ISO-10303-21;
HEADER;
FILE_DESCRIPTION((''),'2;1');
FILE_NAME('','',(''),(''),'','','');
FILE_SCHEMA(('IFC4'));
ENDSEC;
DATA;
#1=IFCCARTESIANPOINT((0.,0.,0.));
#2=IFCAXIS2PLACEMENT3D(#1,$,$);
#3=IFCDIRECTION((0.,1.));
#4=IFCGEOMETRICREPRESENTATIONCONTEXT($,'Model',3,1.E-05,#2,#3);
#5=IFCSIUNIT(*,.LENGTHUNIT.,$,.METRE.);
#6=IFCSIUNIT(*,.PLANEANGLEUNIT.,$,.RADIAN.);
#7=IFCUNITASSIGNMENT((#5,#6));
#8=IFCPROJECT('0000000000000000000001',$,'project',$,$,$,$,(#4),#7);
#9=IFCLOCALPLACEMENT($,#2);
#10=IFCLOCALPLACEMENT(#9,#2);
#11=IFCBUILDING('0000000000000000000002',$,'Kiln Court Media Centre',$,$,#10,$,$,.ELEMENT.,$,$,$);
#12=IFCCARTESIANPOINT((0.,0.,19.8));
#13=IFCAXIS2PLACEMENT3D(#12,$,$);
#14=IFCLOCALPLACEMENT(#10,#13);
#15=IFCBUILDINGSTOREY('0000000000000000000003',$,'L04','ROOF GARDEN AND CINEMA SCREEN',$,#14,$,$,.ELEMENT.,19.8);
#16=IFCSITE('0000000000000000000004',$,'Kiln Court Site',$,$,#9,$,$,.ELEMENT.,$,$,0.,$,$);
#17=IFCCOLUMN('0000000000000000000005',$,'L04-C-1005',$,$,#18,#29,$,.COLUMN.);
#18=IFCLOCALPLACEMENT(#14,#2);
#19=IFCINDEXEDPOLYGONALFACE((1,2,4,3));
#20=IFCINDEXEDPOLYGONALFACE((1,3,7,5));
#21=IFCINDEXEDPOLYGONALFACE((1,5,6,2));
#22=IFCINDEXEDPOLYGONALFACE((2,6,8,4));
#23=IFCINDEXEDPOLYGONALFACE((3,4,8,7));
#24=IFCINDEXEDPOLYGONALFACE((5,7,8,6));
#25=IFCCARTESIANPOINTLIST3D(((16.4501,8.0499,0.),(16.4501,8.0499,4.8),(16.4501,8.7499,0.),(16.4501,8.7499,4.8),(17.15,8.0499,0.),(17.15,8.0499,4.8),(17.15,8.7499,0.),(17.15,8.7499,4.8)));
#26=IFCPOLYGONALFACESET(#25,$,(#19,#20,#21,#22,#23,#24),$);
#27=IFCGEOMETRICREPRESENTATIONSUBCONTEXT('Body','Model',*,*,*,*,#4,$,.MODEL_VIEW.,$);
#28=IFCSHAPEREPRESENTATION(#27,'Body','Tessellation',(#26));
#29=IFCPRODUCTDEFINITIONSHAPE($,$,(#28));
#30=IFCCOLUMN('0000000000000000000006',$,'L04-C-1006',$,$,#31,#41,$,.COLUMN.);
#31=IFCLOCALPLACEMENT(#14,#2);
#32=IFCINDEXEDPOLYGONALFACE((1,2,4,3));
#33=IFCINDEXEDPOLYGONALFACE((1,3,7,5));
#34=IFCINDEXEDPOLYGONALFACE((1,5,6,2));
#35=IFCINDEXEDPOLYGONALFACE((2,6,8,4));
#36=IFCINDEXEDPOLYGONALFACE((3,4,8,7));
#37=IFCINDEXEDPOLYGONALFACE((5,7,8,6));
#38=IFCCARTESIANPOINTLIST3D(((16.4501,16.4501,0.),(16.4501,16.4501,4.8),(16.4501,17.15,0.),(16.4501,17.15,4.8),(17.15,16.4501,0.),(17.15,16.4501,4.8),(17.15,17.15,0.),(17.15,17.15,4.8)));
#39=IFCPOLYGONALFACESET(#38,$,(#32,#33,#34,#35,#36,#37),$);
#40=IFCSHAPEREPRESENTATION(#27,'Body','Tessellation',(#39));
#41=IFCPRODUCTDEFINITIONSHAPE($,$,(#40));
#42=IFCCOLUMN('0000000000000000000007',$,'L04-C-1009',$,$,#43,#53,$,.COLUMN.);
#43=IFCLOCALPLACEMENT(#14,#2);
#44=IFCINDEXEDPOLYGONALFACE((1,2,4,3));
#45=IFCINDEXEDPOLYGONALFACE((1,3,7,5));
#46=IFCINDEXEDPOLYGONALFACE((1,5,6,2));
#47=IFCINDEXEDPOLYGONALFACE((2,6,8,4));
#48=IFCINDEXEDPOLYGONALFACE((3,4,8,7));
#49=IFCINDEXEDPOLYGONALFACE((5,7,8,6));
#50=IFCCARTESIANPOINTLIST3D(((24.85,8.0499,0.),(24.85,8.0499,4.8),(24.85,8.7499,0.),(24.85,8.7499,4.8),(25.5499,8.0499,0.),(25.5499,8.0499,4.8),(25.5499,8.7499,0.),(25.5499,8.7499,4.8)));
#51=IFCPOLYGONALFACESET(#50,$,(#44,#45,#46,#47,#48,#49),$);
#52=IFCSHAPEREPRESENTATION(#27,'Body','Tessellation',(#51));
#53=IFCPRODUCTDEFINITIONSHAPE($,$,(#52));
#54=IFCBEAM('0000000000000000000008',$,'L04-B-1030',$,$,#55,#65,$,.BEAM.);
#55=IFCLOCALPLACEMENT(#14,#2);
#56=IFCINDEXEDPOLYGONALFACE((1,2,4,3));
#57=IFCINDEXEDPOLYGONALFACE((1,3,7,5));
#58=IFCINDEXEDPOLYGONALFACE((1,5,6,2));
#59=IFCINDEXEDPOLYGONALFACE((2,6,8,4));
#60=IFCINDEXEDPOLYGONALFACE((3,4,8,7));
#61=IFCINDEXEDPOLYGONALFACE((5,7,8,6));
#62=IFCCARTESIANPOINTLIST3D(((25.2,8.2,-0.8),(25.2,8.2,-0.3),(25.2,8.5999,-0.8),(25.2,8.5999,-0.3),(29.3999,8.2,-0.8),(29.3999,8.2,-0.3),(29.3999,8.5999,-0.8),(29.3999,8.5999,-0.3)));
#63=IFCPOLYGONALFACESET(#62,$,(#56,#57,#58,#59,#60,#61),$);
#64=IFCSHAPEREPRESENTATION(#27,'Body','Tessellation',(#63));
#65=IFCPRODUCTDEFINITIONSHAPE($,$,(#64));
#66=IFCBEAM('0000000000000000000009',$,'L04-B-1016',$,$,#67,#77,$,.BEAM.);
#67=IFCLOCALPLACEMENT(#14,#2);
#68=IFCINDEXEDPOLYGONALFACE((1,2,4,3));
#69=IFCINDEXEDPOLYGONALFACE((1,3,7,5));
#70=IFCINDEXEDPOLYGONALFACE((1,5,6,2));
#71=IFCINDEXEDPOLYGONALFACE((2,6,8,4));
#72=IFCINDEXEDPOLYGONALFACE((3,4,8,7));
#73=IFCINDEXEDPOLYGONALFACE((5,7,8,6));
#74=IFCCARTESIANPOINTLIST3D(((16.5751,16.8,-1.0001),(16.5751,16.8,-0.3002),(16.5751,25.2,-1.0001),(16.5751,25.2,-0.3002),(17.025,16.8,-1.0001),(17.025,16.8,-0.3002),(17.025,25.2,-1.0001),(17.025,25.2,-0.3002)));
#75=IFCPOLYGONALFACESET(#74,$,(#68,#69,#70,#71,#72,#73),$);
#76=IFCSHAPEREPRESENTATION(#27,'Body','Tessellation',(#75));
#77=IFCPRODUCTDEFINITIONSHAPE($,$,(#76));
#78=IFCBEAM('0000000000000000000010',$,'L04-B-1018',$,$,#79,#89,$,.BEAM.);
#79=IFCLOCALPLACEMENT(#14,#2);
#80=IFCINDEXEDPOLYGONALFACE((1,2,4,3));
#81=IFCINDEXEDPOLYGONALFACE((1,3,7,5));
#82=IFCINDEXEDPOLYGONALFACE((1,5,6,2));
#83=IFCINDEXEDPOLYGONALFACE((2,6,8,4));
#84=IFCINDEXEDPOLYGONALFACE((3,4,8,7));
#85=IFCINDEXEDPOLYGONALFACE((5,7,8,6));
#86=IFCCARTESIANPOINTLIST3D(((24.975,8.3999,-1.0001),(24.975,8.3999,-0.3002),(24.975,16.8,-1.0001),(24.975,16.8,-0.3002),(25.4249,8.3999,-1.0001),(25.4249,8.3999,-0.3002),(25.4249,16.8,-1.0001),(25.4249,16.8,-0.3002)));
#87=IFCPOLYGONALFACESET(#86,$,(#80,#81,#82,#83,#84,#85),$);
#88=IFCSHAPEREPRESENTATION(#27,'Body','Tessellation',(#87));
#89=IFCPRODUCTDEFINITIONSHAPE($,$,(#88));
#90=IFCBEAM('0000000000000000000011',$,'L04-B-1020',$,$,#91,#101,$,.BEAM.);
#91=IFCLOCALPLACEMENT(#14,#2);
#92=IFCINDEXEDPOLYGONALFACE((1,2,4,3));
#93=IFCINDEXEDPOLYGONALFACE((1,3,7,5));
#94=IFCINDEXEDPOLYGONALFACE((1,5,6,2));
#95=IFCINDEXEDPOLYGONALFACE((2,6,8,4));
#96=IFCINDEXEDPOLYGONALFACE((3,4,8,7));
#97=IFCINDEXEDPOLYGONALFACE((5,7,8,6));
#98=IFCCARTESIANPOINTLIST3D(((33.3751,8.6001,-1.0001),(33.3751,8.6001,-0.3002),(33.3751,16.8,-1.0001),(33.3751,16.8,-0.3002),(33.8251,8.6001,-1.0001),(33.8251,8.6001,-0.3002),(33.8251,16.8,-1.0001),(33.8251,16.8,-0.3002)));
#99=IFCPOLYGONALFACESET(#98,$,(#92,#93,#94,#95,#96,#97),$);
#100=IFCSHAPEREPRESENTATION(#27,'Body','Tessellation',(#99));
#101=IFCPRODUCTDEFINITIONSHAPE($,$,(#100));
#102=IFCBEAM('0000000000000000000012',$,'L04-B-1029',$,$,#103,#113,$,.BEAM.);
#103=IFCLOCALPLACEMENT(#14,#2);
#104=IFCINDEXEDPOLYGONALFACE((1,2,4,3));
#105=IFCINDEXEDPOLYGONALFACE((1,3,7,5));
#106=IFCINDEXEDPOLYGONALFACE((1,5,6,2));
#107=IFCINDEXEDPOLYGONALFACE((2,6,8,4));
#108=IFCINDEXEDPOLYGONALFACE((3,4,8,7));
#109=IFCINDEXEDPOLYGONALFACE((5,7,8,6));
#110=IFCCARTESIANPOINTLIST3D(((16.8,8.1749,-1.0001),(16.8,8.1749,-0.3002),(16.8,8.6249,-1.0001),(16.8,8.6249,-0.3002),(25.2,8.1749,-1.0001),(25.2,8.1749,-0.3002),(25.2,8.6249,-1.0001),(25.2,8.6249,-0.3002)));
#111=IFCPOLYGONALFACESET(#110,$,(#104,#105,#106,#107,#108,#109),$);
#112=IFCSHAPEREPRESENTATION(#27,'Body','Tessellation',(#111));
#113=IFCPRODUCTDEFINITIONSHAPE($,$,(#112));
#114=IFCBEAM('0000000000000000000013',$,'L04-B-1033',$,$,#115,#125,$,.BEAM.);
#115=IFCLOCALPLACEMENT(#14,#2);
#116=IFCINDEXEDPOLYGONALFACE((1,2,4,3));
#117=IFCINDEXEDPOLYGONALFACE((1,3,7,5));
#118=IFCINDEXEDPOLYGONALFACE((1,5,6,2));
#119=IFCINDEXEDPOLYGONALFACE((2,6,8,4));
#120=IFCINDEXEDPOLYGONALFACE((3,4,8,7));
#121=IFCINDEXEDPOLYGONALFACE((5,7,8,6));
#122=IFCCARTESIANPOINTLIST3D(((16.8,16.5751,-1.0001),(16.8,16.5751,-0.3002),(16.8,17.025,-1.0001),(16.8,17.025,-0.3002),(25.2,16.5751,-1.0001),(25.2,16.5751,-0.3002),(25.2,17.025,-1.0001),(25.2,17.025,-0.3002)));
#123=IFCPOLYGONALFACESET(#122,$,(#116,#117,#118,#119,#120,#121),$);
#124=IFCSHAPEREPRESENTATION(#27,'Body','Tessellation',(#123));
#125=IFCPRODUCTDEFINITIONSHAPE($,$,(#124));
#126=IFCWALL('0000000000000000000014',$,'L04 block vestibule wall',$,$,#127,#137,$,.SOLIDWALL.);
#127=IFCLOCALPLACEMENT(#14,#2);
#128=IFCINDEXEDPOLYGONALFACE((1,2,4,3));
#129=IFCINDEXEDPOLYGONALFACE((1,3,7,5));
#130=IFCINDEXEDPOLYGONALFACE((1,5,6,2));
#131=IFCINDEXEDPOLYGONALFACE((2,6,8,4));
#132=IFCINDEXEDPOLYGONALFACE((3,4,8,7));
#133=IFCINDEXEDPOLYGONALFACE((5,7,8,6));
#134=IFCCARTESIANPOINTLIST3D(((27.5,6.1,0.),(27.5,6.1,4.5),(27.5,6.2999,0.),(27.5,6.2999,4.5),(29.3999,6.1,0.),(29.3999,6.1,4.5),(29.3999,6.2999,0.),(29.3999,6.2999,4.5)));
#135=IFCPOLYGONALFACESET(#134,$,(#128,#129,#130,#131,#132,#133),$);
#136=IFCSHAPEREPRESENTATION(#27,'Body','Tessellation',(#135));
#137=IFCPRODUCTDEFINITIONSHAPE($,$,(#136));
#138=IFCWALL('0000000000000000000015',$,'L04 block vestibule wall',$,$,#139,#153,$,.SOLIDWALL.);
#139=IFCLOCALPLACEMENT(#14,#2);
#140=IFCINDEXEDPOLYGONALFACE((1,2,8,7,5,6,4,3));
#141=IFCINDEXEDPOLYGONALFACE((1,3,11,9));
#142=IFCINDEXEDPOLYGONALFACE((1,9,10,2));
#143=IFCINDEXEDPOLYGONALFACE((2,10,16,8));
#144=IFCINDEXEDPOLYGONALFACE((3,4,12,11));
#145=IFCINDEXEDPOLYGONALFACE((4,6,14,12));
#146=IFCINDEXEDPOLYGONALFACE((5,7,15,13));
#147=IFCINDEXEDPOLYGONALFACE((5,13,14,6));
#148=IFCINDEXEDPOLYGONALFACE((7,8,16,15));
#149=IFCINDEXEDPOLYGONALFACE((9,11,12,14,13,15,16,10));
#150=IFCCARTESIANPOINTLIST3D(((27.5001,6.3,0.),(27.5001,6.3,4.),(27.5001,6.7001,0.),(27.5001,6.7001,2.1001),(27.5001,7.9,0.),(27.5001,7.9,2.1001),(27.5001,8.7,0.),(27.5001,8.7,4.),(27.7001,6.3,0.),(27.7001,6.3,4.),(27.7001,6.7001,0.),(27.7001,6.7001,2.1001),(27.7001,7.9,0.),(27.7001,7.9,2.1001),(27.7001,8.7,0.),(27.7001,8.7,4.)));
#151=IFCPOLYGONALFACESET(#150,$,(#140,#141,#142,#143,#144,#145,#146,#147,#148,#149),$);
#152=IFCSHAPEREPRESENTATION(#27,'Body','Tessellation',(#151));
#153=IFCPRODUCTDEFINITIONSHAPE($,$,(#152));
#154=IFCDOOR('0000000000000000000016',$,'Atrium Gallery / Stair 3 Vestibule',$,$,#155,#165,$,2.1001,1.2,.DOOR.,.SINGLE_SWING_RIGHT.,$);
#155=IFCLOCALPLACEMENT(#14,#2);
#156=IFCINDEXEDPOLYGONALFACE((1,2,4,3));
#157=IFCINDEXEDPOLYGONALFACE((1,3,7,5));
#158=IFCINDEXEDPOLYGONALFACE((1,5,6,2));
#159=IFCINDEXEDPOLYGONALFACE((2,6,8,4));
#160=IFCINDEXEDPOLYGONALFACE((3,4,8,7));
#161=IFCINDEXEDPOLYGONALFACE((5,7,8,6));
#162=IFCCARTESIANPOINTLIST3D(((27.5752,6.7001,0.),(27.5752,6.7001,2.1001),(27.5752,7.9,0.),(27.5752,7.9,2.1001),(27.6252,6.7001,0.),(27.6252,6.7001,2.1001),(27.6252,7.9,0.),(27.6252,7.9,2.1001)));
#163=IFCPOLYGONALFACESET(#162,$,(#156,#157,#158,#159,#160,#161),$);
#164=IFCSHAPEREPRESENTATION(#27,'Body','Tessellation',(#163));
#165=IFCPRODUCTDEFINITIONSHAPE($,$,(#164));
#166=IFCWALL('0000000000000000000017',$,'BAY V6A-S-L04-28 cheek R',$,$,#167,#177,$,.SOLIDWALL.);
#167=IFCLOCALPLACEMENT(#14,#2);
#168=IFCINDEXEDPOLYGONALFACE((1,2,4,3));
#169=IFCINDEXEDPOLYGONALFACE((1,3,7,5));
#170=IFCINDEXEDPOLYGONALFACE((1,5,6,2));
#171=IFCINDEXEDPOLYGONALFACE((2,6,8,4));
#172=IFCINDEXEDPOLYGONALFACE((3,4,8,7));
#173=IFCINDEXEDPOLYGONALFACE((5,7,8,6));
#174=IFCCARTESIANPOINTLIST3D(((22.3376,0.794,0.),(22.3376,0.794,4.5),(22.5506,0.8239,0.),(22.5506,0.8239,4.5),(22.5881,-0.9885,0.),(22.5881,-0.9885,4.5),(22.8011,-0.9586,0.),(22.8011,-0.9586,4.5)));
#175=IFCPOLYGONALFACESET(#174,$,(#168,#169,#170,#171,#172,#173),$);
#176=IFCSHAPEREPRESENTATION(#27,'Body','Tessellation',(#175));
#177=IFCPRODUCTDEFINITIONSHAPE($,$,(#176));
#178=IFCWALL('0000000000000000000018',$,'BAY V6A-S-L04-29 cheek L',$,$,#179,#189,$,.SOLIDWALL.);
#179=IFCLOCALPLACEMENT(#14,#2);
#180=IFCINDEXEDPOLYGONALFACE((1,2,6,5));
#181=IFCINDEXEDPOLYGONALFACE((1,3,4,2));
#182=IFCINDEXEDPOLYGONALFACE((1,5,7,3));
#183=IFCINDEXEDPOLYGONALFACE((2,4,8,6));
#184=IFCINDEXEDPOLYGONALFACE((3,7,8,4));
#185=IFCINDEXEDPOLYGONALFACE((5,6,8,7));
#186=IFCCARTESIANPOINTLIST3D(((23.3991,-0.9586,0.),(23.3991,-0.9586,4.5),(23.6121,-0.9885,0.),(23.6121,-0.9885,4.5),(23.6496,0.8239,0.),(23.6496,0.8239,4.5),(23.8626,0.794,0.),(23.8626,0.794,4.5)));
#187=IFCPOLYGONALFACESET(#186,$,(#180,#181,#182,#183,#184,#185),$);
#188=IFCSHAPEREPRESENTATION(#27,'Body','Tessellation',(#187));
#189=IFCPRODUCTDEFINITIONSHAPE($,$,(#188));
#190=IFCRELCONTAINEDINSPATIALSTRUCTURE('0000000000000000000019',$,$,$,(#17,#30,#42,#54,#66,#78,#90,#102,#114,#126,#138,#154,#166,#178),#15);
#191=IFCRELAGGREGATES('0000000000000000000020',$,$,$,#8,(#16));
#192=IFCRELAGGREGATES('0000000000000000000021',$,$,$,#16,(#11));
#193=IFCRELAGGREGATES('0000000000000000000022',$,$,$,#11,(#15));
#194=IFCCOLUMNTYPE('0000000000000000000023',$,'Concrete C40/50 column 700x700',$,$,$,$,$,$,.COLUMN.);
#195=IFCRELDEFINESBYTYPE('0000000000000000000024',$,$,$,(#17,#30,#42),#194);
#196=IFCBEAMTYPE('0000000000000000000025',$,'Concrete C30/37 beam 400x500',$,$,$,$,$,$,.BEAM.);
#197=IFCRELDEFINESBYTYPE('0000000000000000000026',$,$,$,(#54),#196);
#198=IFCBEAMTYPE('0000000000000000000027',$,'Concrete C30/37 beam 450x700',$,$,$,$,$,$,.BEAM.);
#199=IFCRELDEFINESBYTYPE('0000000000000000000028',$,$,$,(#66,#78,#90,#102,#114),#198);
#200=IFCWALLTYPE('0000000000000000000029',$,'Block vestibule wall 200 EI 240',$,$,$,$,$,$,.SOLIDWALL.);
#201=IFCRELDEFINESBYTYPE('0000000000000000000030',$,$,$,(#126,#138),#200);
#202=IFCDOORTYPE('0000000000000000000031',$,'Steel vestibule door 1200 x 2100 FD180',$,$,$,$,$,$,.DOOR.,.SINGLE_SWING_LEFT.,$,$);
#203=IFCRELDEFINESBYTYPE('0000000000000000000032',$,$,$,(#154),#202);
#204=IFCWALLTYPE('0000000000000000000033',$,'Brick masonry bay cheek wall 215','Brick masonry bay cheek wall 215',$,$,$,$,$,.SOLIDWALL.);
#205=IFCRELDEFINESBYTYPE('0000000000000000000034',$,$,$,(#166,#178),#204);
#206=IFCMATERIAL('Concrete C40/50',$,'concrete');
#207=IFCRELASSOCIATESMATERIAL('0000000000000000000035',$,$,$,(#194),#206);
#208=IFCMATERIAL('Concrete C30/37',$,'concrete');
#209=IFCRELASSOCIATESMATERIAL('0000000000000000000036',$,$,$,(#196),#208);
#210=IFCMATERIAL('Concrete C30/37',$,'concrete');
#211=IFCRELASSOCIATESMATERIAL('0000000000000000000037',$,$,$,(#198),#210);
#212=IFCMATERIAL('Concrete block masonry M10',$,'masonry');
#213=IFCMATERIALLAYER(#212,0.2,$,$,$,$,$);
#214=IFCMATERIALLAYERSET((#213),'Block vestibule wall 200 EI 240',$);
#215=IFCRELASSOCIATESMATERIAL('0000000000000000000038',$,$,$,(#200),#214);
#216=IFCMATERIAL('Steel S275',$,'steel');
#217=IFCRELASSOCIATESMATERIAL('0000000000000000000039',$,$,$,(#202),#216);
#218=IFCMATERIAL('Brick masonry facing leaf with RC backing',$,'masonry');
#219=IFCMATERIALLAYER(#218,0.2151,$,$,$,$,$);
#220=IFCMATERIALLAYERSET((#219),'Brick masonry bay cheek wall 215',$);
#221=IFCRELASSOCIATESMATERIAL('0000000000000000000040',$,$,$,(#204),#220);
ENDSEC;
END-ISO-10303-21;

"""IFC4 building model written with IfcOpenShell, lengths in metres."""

from ifc_helpers import new_model, si_unit, direction, frame, frame_2d, origin, origin_2d, place, context, subcontext, project, spatial, rectangle, extrude, material, layer, layer_set, material_profile, profile_set, type_object, element, fill, save


model = new_model("IFC4")

# Units and contexts
model_context = context("Model", 3, precision=1e-05, world=origin(), true_north=direction((0.0, 1.0)))
body_context = subcontext(model_context, "Body", "Model", "MODEL_VIEW")
ifc_project = project(units=[si_unit("LENGTHUNIT", "METRE"), si_unit("PLANEANGLEUNIT", "RADIAN")], contexts=[model_context])

# Site, building, storey
site_placement = place(None, origin())
site = spatial("IfcSite", under=ifc_project, at=site_placement, Name="Kiln Court Site", CompositionType="ELEMENT", RefElevation=0.0)
building_placement = place(site_placement, origin())
building = spatial("IfcBuilding", under=site, at=building_placement, Name="Kiln Court Media Centre", CompositionType="ELEMENT")
storey_placement = place(building_placement, frame((0.0, 0.0, 19.8)))
storey = spatial("IfcBuildingStorey", under=building, at=storey_placement, Name="L04", Description="ROOF GARDEN AND CINEMA SCREEN", CompositionType="ELEMENT", Elevation=19.8)

# Columns
ifc_material_1 = material(Name="Concrete C40/50", Category="concrete")
ifc_material_profile_1 = material_profile(ifc_material_1, rectangle(XDim=0.7, YDim=0.7, at=origin_2d()), Name="RC 700x700")
ifc_profile_set_1 = profile_set([ifc_material_profile_1], Name="Concrete C40/50")
column_type = type_object("IfcColumnType", Name="Concrete C40/50 column 700x700", PredefinedType="COLUMN", material=ifc_profile_set_1)
for number, where, z_axis, x_axis, name in (
    (1, (16.8, 8.3999, 0.0), (0.0, 0.0, 1.0), (1.0, 0.0, 0.0), "L04-C-1005"),
    (2, (16.8, 16.8, 0.0), (0.0, 0.0, 1.0), (1.0, 0.0, 0.0), "L04-C-1006"),
    (3, (25.2, 8.3999, 0.0), (0.0, 0.0, 1.0), (1.0, 0.0, 0.0), "L04-C-1009"),
):
    element("IfcColumn", number, at=place(storey_placement, frame(where, z_axis=z_axis, x_axis=x_axis)), inside=storey, type_object=column_type, Name=name, PredefinedType="COLUMN", context=body_context, shape_type="SweptSolid", body=[
        extrude(rectangle(XDim=0.7, YDim=0.7, at=origin_2d()), origin(), (0.0, 0.0, 1.0), 4.8),
    ])

# Beams
ifc_material_2 = material(Name="Concrete C30/37", Category="concrete")
ifc_material_profile_2 = material_profile(ifc_material_2, rectangle(XDim=0.3999, YDim=0.5, at=origin_2d()), Name="RC 400x500")
ifc_profile_set_2 = profile_set([ifc_material_profile_2], Name="Concrete C30/37")
beam_type_1 = type_object("IfcBeamType", Name="Concrete C30/37 beam 400x500", PredefinedType="BEAM", material=ifc_profile_set_2)
beam_1_placement = place(storey_placement, frame((25.2, 8.3999, -0.55), z_axis=(1.0, 0.0, 0.0), x_axis=(0.0, 1.0, 0.0)))
element("IfcBeam", 4, at=beam_1_placement, inside=storey, type_object=beam_type_1, Name="L04-B-1030", PredefinedType="BEAM", context=body_context, shape_type="SweptSolid", body=[
    extrude(rectangle(XDim=0.3999, YDim=0.5, at=origin_2d()), origin(), (0.0, 0.0, 1.0), 4.2),
])
ifc_material_3 = material(Name="Concrete C30/37", Category="concrete")
ifc_material_profile_3 = material_profile(ifc_material_3, rectangle(XDim=0.45, YDim=0.7, at=origin_2d()), Name="RC 450x700")
ifc_profile_set_3 = profile_set([ifc_material_profile_3], Name="Concrete C30/37")
beam_type_2 = type_object("IfcBeamType", Name="Concrete C30/37 beam 450x700", PredefinedType="BEAM", material=ifc_profile_set_3)
beam_2_placement = place(storey_placement, frame((16.8, 16.8, -0.6501), z_axis=(0.0, 1.0, 0.0), x_axis=(-1.0, 0.0, 0.0)))
element("IfcBeam", 5, at=beam_2_placement, inside=storey, type_object=beam_type_2, Name="L04-B-1016", PredefinedType="BEAM", context=body_context, shape_type="SweptSolid", body=[
    extrude(rectangle(XDim=0.45, YDim=0.7, at=origin_2d()), origin(), (0.0, 0.0, 1.0), 8.3999),
])
beam_3_placement = place(storey_placement, frame((25.2, 8.3999, -0.6501), z_axis=(0.0, 1.0, 0.0), x_axis=(-1.0, 0.0, 0.0)))
element("IfcBeam", 6, at=beam_3_placement, inside=storey, type_object=beam_type_2, Name="L04-B-1018", PredefinedType="BEAM", context=body_context, shape_type="SweptSolid", body=[
    extrude(rectangle(XDim=0.45, YDim=0.7, at=origin_2d()), origin(), (0.0, 0.0, 1.0), 8.4001),
])
beam_4_placement = place(storey_placement, frame((33.6001, 8.6001, -0.6501), z_axis=(0.0, 1.0, 0.0), x_axis=(-1.0, 0.0, 0.0)))
element("IfcBeam", 7, at=beam_4_placement, inside=storey, type_object=beam_type_2, Name="L04-B-1020", PredefinedType="BEAM", context=body_context, shape_type="SweptSolid", body=[
    extrude(rectangle(XDim=0.45, YDim=0.7, at=origin_2d()), origin(), (0.0, 0.0, 1.0), 8.2),
])
for number, where, z_axis, x_axis, name in (
    (8, (16.8, 8.3999, -0.6501), (1.0, 0.0, 0.0), (0.0, 1.0, 0.0), "L04-B-1029"),
    (9, (16.8, 16.8, -0.6501), (1.0, 0.0, 0.0), (0.0, 1.0, 0.0), "L04-B-1033"),
):
    element("IfcBeam", number, at=place(storey_placement, frame(where, z_axis=z_axis, x_axis=x_axis)), inside=storey, type_object=beam_type_2, Name=name, PredefinedType="BEAM", context=body_context, shape_type="SweptSolid", body=[
        extrude(rectangle(XDim=0.45, YDim=0.7, at=origin_2d()), origin(), (0.0, 0.0, 1.0), 8.3999),
    ])

# Wall
ifc_material_4 = material(Name="Concrete block masonry M10", Category="masonry")
ifc_layer_1 = layer(ifc_material_4, 0.2)
ifc_layer_set_1 = layer_set([ifc_layer_1], Name="Block vestibule wall 200 EI 240")
wall_type_1 = type_object("IfcWallType", Name="Block vestibule wall 200 EI 240", PredefinedType="SOLIDWALL", material=ifc_layer_set_1)
wall_1_placement = place(storey_placement, frame((27.5, 6.2, 0.0), z_axis=(0.0, 0.0, 1.0), x_axis=(1.0, 0.0, 0.0)))
element("IfcWall", 10, at=wall_1_placement, inside=storey, type_object=wall_type_1, Name="L04 block vestibule wall", PredefinedType="SOLIDWALL", context=body_context, shape_type="SweptSolid", body=[
    extrude(rectangle(XDim=1.8999, YDim=0.2, at=frame_2d((0.95, 0.0))), origin(), (0.0, 0.0, 1.0), 4.5),
])

# Wall, opening, door
wall_2_placement = place(storey_placement, frame((27.6001, 6.3, 0.0), z_axis=(0.0, 0.0, 1.0), x_axis=(0.0, 1.0, 0.0)))
wall_2 = element("IfcWall", 11, at=wall_2_placement, inside=storey, type_object=wall_type_1, Name="L04 block vestibule wall", PredefinedType="SOLIDWALL", context=body_context, shape_type="SweptSolid", body=[
    extrude(rectangle(XDim=2.3999, YDim=0.2, at=frame_2d((1.2, 0.0))), origin(), (0.0, 0.0, 1.0), 4.0),
])
opening_1_placement = place(wall_2_placement, frame((0.3999, 0.0, 0.0)))
opening_1 = element("IfcOpeningElement", 12, at=opening_1_placement, cuts=wall_2, PredefinedType="OPENING", context=body_context, shape_type="SweptSolid", body=[
    extrude(rectangle(XDim=1.2, YDim=2.1001, at=frame_2d((0.6001, 1.05))), frame((0.0, 0.1099, 0.0), z_axis=(0.0, -1.0, 0.0), x_axis=(1.0, 0.0, 0.0)), (0.0, 0.0, 1.0), 0.22),
])
ifc_material_5 = material(Name="Steel S275", Category="steel")
door_type_1 = type_object("IfcDoorType", Name="Steel vestibule door 1200 x 2100 FD180", OperationType="SINGLE_SWING_LEFT", PredefinedType="DOOR", material=ifc_material_5)
door_1_placement = place(opening_1_placement, origin())
door_1 = element("IfcDoor", 13, at=door_1_placement, inside=storey, type_object=door_type_1, Name="Atrium Gallery / Stair 3 Vestibule", OperationType="SINGLE_SWING_RIGHT", OverallHeight=2.1001, OverallWidth=1.2, PredefinedType="DOOR", context=body_context, shape_type="SweptSolid", body=[
    extrude(rectangle(XDim=1.2, YDim=2.1001, at=frame_2d((0.6001, 1.05))), frame((0.0, 0.0249, 0.0), z_axis=(0.0, -1.0, 0.0), x_axis=(1.0, 0.0, 0.0)), (0.0, 0.0, 1.0), 0.05),
])
fill(opening_1, door_1)

# Walls
ifc_material_6 = material(Name="Brick masonry facing leaf with RC backing", Category="masonry")
ifc_layer_2 = layer(ifc_material_6, 0.2151)
ifc_layer_set_2 = layer_set([ifc_layer_2], Name="Brick masonry bay cheek wall 215")
wall_type_2 = type_object("IfcWallType", Name="Brick masonry bay cheek wall 215", Description="Brick masonry bay cheek wall 215", PredefinedType="SOLIDWALL", material=ifc_layer_set_2)
for number, where, z_axis, x_axis, name in (
    (14, (22.4441, 0.8088, 0.0), (0.0, 0.0, 1.0), (0.139161, -0.99027, 0.0), "BAY V6A-S-L04-28 cheek R"),
    (15, (23.7561, 0.8088, 0.0), (0.0, 0.0, 1.0), (-0.139161, -0.99027, 0.0), "BAY V6A-S-L04-29 cheek L"),
):
    element("IfcWall", number, at=place(storey_placement, frame(where, z_axis=z_axis, x_axis=x_axis)), inside=storey, type_object=wall_type_2, Name=name, PredefinedType="SOLIDWALL", context=body_context, shape_type="SweptSolid", body=[
        extrude(rectangle(XDim=1.8, YDim=0.2151, at=frame_2d((0.8999, 0.0))), origin(), (0.0, 0.0, 1.0), 4.5),
    ])

save(model, "model.ifc")
